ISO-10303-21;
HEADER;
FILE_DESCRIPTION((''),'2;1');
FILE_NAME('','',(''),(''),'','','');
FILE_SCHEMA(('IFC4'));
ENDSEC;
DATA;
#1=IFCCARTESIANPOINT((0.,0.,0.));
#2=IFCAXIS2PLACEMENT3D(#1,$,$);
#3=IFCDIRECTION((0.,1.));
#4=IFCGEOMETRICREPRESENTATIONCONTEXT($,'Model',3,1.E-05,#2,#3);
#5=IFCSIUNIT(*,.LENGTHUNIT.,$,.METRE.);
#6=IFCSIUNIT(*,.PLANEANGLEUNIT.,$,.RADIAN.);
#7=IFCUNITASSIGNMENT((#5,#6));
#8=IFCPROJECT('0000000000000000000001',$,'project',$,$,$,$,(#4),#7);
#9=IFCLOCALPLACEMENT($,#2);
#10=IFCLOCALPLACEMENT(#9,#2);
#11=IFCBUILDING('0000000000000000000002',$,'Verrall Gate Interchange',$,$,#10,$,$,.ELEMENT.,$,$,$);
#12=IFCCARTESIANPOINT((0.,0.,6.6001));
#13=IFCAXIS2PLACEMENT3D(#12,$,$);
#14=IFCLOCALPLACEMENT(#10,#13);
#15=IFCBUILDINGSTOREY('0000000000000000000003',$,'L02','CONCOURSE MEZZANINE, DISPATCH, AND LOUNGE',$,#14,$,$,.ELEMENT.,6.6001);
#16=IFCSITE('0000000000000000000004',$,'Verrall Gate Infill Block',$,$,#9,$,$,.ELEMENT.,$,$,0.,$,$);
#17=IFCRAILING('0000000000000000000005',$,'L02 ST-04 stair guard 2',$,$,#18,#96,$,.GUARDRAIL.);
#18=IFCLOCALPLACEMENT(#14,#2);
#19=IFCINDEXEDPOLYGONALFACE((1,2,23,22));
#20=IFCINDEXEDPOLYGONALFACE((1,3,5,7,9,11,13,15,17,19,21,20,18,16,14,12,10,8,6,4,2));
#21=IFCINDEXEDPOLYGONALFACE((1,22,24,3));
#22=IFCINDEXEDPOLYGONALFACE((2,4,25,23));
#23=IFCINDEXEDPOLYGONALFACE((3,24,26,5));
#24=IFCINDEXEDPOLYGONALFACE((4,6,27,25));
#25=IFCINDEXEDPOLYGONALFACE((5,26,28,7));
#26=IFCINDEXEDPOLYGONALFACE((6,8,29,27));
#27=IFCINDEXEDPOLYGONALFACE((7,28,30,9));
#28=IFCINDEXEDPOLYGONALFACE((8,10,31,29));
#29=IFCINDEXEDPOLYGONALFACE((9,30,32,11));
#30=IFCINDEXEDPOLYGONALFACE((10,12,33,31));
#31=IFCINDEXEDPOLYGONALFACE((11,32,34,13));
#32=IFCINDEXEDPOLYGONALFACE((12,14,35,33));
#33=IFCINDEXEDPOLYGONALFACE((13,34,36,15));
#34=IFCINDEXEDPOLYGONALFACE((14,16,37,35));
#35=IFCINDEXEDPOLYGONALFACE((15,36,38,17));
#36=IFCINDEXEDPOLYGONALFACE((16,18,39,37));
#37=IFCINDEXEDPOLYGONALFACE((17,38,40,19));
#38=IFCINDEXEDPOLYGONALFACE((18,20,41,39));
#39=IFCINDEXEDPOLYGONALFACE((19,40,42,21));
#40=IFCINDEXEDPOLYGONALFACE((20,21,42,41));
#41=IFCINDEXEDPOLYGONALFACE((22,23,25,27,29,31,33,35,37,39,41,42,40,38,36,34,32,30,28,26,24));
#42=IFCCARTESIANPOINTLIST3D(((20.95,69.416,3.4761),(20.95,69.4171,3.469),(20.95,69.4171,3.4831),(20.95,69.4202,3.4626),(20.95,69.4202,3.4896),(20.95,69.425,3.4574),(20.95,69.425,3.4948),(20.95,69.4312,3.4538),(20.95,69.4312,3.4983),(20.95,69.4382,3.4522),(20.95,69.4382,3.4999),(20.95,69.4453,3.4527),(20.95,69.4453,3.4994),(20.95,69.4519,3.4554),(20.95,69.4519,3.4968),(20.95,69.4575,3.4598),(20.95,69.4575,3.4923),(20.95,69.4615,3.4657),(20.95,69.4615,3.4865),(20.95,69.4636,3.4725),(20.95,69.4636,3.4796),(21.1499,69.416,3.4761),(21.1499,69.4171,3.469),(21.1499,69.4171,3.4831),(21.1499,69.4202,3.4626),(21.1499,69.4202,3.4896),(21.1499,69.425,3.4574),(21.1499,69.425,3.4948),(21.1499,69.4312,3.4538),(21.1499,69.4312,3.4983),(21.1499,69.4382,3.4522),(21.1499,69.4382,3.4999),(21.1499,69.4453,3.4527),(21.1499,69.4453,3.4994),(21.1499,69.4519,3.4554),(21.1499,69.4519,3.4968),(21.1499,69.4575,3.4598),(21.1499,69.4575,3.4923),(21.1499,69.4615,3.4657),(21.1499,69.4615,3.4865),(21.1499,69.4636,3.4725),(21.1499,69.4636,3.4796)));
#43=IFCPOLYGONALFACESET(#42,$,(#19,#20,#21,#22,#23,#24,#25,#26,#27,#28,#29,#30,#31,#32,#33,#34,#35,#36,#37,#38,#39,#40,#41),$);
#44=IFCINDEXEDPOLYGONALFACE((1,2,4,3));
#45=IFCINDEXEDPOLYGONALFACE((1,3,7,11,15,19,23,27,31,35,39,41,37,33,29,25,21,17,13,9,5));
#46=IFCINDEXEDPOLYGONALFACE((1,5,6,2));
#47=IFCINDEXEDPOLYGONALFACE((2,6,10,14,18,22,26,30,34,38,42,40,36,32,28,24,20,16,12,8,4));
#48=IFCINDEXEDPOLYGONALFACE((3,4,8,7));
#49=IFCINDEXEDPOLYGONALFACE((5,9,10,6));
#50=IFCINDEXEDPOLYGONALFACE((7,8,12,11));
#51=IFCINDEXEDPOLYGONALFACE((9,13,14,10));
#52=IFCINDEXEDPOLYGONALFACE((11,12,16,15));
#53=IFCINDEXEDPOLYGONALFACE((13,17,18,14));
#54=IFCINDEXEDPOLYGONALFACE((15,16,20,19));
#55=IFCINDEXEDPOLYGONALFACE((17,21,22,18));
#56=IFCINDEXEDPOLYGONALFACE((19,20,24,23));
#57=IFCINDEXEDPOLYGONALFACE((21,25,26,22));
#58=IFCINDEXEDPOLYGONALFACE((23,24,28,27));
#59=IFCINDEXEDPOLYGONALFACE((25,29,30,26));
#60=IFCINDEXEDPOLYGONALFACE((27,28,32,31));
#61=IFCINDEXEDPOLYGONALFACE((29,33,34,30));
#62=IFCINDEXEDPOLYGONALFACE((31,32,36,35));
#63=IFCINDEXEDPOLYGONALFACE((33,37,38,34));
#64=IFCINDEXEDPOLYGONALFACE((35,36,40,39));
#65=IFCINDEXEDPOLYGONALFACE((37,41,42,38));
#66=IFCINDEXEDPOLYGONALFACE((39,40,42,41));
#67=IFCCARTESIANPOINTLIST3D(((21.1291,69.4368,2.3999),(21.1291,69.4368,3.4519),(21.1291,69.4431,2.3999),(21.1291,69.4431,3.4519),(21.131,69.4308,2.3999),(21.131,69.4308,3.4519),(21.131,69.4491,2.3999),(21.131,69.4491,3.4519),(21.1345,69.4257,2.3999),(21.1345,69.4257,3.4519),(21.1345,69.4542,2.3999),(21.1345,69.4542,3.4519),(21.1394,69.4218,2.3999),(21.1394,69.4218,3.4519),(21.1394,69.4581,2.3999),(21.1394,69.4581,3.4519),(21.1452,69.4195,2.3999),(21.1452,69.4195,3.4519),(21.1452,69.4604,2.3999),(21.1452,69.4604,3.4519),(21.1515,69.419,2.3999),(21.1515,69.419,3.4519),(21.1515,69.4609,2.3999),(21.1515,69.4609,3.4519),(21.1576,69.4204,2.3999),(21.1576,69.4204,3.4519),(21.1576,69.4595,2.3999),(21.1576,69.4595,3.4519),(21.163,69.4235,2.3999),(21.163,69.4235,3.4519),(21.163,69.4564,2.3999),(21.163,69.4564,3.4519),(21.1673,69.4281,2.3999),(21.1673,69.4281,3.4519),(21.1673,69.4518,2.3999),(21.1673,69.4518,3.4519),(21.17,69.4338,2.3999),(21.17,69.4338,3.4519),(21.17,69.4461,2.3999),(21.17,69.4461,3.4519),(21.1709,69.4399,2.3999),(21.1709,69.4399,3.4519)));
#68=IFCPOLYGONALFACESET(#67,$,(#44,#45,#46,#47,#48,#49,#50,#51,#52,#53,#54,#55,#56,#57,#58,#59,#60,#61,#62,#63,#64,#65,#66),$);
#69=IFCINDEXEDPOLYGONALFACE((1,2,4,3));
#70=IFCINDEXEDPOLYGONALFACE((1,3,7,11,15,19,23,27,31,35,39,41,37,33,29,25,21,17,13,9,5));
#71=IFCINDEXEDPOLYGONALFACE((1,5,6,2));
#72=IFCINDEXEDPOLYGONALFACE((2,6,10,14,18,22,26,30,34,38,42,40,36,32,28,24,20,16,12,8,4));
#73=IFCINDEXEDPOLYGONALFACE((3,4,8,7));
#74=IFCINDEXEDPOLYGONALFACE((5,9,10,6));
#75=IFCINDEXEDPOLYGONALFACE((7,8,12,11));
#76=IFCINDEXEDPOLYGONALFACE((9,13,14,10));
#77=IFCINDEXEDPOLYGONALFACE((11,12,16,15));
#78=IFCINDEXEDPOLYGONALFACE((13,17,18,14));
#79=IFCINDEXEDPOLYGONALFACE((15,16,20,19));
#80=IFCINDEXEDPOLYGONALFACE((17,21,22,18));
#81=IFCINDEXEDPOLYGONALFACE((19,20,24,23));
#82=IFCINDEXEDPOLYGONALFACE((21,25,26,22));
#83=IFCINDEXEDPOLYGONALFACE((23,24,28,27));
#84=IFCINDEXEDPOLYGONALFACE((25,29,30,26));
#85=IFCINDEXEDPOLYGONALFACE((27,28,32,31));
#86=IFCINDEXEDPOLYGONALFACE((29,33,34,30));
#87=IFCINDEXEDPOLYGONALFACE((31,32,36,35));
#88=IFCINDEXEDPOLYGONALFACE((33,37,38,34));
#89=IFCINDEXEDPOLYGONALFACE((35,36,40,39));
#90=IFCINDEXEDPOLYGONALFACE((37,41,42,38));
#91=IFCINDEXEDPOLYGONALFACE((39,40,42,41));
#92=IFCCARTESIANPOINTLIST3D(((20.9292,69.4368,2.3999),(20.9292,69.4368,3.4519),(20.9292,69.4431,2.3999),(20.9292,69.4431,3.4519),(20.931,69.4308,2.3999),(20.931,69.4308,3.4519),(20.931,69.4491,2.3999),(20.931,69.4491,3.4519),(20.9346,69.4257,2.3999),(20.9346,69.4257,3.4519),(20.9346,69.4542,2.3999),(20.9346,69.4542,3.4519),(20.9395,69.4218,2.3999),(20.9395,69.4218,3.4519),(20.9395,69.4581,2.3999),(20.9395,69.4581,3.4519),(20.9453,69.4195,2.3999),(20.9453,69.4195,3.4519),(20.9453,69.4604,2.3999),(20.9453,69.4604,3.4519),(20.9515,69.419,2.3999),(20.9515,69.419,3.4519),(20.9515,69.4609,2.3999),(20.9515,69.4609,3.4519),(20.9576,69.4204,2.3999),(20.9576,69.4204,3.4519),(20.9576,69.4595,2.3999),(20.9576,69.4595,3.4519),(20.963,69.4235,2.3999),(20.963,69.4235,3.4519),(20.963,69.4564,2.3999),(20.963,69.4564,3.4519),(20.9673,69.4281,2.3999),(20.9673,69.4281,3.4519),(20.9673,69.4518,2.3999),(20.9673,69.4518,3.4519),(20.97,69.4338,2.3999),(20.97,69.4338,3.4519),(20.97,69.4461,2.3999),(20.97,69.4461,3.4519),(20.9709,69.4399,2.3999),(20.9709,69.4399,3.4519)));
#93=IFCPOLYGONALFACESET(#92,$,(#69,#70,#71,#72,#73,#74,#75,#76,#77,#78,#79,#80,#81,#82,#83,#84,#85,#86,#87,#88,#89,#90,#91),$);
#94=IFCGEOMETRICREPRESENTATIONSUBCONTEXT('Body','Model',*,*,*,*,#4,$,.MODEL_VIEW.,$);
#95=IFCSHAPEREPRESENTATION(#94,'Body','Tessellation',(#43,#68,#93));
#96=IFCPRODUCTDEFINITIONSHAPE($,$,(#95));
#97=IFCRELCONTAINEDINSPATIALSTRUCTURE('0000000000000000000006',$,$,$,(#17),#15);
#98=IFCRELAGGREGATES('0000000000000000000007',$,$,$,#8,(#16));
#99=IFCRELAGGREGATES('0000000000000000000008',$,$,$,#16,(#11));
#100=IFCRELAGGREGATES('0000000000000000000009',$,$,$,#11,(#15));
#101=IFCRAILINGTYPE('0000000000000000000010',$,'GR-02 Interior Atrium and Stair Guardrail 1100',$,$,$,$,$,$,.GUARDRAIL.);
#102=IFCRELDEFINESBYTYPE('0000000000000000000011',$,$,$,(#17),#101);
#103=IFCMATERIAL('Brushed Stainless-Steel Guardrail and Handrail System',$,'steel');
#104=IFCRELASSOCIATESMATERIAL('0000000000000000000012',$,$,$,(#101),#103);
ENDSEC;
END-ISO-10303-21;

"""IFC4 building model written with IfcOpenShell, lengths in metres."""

from ifc_helpers import new_model, si_unit, direction, frame, origin, origin_2d, place, context, subcontext, project, spatial, circle, extrude, material, type_object, element, save


model = new_model("IFC4")

# Units and contexts
model_context = context("Model", 3, precision=1e-05, world=origin(), true_north=direction((0.0, 1.0)))
body_context = subcontext(model_context, "Body", "Model", "MODEL_VIEW")
ifc_project = project(units=[si_unit("LENGTHUNIT", "METRE"), si_unit("PLANEANGLEUNIT", "RADIAN")], contexts=[model_context])

# Site, building, storey
site_placement = place(None, origin())
site = spatial("IfcSite", under=ifc_project, at=site_placement, Name="Verrall Gate Infill Block", CompositionType="ELEMENT", RefElevation=0.0)
building_placement = place(site_placement, origin())
building = spatial("IfcBuilding", under=site, at=building_placement, Name="Verrall Gate Interchange", CompositionType="ELEMENT")
storey_placement = place(building_placement, frame((0.0, 0.0, 6.6001)))
storey = spatial("IfcBuildingStorey", under=building, at=storey_placement, Name="L02", Description="CONCOURSE MEZZANINE, DISPATCH, AND LOUNGE", CompositionType="ELEMENT", Elevation=6.6001)

# Railing
ifc_material_1 = material(Name="Brushed Stainless-Steel Guardrail and Handrail System", Category="steel")
railing_type_1 = type_object("IfcRailingType", Name="GR-02 Interior Atrium and Stair Guardrail 1100", PredefinedType="GUARDRAIL", material=ifc_material_1)
railing_1_placement = place(storey_placement, frame((21.1499, 69.4399, 2.3999)))
element("IfcRailing", 1, at=railing_1_placement, inside=storey, type_object=railing_type_1, Name="L02 ST-04 stair guard 2", PredefinedType="GUARDRAIL", context=body_context, shape_type="SweptSolid", body=[
    extrude(circle(Radius=0.0239, at=origin_2d()), frame((0.0, 0.0, 1.0762), z_axis=(-1.0, 0.0, 0.0), x_axis=(0.0, -1.0, 0.0)), (0.0, 0.0, 1.0), 0.2),
    extrude(circle(Radius=0.021, at=origin_2d()), origin(), (0.0, 0.0, 1.0), 1.052),
    extrude(circle(Radius=0.021, at=origin_2d()), frame((-0.2, 0.0, 0.0)), (0.0, 0.0, 1.0), 1.052),
])

save(model, "model.ifc")
